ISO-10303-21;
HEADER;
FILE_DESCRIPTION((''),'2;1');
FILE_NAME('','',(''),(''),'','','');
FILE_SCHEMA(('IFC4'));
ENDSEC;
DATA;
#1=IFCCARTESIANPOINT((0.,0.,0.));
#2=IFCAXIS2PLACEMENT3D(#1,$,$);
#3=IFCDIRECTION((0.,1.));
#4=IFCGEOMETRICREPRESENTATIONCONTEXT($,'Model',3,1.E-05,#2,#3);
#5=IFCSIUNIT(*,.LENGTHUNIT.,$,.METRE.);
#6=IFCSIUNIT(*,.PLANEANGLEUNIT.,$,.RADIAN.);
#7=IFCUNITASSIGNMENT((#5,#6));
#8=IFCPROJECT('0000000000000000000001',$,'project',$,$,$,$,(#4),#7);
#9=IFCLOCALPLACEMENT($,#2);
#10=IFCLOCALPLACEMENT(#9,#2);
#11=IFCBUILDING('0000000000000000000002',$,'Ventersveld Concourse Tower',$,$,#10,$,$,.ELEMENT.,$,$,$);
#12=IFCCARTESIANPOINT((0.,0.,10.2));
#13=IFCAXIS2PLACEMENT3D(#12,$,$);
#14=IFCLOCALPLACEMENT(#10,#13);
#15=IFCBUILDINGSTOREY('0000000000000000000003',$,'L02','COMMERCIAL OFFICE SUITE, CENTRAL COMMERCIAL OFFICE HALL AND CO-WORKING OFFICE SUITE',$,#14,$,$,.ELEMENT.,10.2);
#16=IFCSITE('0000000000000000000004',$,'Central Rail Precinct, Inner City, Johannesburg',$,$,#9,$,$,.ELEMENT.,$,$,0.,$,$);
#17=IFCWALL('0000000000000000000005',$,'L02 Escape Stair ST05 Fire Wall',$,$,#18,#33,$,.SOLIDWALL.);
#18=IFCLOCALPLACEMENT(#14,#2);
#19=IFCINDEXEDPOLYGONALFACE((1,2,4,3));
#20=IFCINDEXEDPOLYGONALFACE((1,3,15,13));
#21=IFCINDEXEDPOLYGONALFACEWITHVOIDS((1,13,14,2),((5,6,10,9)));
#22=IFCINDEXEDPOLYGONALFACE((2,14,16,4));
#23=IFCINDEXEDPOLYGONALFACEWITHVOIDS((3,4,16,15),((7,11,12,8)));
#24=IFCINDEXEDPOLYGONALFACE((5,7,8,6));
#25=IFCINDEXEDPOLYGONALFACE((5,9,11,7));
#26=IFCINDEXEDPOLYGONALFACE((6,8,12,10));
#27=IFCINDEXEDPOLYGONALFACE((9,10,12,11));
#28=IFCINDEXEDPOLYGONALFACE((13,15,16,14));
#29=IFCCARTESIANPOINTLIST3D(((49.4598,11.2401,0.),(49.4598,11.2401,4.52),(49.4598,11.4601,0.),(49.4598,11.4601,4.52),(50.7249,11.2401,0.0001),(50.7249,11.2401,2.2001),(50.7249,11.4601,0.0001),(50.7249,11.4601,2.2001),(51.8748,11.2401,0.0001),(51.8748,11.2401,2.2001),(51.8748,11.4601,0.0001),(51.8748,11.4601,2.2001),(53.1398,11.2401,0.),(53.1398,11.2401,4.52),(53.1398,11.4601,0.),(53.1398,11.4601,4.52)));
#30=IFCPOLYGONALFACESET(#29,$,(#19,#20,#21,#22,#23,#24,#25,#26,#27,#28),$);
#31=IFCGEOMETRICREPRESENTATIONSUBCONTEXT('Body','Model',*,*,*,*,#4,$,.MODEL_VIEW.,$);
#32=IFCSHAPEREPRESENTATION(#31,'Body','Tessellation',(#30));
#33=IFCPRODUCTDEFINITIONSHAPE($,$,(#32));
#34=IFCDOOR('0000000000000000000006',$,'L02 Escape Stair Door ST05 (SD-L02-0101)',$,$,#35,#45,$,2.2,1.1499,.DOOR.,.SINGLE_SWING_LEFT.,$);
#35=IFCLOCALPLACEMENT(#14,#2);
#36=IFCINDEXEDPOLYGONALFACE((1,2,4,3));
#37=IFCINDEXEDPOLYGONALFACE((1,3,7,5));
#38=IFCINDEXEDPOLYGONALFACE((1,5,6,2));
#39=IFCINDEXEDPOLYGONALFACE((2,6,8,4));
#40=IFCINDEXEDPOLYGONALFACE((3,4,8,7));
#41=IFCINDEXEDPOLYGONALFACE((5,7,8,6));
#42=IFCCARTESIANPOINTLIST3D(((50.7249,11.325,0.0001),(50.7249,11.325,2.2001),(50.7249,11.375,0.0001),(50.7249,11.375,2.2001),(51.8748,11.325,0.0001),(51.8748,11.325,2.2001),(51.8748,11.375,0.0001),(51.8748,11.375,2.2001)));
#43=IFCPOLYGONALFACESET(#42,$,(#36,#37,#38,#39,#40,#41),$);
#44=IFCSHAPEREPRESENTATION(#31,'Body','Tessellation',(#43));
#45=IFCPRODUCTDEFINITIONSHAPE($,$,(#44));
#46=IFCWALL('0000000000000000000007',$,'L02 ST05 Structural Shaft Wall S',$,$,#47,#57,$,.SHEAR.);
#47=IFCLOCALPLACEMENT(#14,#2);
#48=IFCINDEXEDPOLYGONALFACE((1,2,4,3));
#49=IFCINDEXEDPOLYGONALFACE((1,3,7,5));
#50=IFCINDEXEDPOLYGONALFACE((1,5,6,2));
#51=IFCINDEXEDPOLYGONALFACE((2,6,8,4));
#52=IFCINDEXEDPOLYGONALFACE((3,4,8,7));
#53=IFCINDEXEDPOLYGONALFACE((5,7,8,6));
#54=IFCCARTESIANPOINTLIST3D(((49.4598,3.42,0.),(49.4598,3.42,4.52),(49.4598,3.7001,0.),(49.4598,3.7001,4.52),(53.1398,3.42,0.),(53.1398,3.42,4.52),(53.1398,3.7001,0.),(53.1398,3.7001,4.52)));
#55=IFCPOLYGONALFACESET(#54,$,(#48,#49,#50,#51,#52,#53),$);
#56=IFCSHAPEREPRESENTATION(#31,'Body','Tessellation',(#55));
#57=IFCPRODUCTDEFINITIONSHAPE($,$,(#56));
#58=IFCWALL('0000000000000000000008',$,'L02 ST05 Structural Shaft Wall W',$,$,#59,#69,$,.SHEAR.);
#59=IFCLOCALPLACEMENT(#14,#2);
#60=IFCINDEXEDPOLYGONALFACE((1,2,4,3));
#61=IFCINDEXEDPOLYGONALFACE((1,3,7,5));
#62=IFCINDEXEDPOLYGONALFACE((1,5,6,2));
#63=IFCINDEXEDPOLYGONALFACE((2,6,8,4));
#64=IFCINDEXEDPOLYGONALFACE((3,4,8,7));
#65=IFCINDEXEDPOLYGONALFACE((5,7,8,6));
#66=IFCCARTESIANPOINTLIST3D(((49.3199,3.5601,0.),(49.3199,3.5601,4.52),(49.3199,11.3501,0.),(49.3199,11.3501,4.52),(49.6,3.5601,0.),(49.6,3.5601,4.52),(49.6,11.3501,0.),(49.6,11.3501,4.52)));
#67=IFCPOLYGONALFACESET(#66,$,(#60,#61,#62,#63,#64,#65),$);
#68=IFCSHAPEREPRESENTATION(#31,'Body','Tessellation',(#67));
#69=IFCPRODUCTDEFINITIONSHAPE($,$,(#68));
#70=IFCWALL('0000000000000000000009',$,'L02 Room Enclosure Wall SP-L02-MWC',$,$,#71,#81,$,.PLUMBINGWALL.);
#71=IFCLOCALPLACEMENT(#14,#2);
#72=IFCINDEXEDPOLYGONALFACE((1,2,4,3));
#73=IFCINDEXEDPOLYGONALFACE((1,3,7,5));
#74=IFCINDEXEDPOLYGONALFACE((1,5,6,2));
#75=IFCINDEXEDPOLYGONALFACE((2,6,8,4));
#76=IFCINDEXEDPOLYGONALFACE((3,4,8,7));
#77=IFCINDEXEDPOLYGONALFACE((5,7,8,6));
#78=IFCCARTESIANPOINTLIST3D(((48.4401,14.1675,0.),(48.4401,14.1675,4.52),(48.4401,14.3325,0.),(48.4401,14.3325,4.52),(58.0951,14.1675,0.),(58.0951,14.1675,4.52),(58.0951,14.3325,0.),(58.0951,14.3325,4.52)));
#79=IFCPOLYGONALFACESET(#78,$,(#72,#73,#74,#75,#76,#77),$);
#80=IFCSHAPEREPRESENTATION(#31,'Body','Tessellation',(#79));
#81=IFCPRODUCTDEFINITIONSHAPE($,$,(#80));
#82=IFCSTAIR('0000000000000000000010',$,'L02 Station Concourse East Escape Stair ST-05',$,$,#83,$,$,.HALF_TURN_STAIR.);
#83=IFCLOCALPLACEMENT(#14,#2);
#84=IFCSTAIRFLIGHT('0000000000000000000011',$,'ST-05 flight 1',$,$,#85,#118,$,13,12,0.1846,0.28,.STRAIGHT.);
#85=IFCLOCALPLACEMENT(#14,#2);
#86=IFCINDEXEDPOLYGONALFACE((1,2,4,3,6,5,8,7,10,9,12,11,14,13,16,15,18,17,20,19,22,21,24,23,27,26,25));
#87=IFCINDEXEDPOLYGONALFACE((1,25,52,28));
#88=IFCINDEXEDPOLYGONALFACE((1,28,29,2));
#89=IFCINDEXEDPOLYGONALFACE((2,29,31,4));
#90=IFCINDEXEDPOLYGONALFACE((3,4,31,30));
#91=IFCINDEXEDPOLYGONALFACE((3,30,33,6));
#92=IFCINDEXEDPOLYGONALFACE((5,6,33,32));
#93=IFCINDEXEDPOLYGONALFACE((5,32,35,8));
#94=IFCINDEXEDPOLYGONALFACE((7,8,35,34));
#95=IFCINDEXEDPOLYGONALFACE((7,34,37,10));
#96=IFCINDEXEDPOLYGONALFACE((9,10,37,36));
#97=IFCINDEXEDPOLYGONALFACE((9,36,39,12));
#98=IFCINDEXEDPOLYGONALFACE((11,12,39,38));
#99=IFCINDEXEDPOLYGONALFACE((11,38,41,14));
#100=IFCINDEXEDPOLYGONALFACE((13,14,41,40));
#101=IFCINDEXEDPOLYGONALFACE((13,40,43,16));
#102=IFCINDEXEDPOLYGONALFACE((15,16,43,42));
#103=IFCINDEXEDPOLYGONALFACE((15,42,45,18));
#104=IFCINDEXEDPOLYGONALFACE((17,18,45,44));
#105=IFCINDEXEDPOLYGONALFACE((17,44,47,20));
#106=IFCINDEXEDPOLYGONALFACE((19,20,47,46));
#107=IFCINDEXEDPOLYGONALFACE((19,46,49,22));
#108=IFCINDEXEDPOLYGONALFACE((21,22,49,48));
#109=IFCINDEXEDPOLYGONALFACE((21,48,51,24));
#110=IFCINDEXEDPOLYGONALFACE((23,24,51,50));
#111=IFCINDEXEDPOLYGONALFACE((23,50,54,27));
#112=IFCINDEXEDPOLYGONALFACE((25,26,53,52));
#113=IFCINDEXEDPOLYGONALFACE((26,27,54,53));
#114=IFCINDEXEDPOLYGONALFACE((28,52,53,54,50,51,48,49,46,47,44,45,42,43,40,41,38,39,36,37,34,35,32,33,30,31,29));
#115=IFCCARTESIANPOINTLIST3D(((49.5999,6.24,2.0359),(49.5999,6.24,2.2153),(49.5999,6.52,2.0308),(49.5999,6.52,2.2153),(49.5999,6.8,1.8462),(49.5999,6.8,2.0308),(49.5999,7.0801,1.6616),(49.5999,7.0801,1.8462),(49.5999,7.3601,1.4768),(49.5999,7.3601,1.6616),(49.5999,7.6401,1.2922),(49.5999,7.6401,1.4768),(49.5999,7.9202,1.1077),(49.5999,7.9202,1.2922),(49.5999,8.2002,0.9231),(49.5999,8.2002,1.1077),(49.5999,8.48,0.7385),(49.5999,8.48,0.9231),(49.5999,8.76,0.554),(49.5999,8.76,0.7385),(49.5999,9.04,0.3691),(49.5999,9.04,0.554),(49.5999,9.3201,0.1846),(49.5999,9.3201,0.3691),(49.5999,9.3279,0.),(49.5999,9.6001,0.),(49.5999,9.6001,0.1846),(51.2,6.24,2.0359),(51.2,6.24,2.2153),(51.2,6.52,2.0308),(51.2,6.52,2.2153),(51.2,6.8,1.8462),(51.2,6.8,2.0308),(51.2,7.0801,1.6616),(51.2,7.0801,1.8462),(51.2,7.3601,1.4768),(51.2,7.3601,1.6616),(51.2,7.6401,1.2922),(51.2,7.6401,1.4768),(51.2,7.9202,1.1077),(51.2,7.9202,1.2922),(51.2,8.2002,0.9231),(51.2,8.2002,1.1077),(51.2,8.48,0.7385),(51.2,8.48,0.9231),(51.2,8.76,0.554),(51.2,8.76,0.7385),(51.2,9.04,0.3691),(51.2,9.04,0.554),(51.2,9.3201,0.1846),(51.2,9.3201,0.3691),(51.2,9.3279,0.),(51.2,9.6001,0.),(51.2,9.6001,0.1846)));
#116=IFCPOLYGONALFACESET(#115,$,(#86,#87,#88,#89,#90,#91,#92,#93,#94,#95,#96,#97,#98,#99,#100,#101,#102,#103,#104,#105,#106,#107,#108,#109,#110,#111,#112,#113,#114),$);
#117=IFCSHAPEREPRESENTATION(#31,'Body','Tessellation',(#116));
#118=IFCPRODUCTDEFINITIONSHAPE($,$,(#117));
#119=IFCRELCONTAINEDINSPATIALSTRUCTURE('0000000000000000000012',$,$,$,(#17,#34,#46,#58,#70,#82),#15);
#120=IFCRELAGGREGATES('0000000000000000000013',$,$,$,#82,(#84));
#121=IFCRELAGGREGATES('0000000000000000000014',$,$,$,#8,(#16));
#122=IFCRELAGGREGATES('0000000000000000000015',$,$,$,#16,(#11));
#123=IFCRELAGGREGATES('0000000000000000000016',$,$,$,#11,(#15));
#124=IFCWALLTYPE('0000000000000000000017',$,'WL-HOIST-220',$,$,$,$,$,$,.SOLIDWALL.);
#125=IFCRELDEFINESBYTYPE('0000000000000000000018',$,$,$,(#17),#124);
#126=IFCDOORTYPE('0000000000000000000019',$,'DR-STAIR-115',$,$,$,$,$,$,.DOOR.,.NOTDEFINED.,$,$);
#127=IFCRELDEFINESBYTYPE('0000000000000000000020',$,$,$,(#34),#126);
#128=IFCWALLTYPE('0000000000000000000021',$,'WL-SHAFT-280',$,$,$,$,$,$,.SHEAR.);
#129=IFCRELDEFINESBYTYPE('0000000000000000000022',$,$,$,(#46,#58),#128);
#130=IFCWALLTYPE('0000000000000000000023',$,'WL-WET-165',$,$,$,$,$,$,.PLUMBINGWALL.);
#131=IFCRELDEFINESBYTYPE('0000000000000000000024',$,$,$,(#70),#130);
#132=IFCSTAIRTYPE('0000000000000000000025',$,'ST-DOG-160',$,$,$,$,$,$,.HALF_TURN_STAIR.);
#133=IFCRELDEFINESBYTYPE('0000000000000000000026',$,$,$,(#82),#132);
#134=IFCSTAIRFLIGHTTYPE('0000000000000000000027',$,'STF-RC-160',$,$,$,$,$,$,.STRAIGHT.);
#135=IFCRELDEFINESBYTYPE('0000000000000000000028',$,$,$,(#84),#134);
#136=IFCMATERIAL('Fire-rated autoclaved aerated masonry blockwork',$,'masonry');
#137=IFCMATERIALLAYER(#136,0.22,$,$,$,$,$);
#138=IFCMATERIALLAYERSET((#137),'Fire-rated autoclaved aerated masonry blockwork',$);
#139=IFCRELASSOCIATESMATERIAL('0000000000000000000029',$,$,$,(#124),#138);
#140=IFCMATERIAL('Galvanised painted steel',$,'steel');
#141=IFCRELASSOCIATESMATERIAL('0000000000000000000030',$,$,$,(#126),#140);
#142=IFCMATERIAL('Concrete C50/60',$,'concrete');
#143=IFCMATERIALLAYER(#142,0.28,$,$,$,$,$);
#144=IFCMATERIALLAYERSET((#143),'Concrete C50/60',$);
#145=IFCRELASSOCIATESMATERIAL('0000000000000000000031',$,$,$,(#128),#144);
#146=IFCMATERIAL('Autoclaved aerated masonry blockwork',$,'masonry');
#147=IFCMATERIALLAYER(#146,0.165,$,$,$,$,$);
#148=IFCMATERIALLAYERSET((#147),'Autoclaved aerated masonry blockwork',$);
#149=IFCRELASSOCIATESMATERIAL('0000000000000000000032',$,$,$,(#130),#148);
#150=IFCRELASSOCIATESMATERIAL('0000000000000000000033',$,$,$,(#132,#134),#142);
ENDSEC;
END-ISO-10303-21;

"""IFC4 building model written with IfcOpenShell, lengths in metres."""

from ifc_helpers import new_model, si_unit, direction, frame, frame_2d, origin, place, context, subcontext, project, spatial, polyline, rectangle, outline, extrude, material, layer, layer_set, type_object, element, fill, aggregate, save


model = new_model("IFC4")

# Units and contexts
model_context = context("Model", 3, precision=1e-05, world=origin(), true_north=direction((0.0, 1.0)))
body_context = subcontext(model_context, "Body", "Model", "MODEL_VIEW")
ifc_project = project(units=[si_unit("LENGTHUNIT", "METRE"), si_unit("PLANEANGLEUNIT", "RADIAN")], contexts=[model_context])

# Site, building, storey
site_placement = place(None, origin())
site = spatial("IfcSite", under=ifc_project, at=site_placement, Name="Central Rail Precinct, Inner City, Johannesburg", CompositionType="ELEMENT", RefElevation=0.0)
building_placement = place(site_placement, origin())
building = spatial("IfcBuilding", under=site, at=building_placement, Name="Ventersveld Concourse Tower", CompositionType="ELEMENT")
storey_placement = place(building_placement, frame((0.0, 0.0, 10.2)))
storey = spatial("IfcBuildingStorey", under=building, at=storey_placement, Name="L02", Description="COMMERCIAL OFFICE SUITE, CENTRAL COMMERCIAL OFFICE HALL AND CO-WORKING OFFICE SUITE", CompositionType="ELEMENT", Elevation=10.2)

# Shared definitions
ifc_material_1 = material(Name="Concrete C50/60", Category="concrete")

# Shared definitions
ifc_material_2 = material(Name="Fire-rated autoclaved aerated masonry blockwork", Category="masonry")

# Wall, opening, door
ifc_layer_1 = layer(ifc_material_2, 0.22)
ifc_layer_set_1 = layer_set([ifc_layer_1], Name="Fire-rated autoclaved aerated masonry blockwork")
wall_type_1 = type_object("IfcWallType", Name="WL-HOIST-220", PredefinedType="SOLIDWALL", material=ifc_layer_set_1)
wall_1_placement = place(storey_placement, frame((49.46, 11.3501, 0.0), z_axis=(0.0, 0.0, 1.0), x_axis=(1.0, 0.0, 0.0)))
wall_1 = element("IfcWall", 1, at=wall_1_placement, inside=storey, type_object=wall_type_1, Name="L02 Escape Stair ST05 Fire Wall", PredefinedType="SOLIDWALL", context=body_context, shape_type="SweptSolid", body=[
    extrude(rectangle(XDim=3.6799, YDim=0.22, at=frame_2d((1.8398, 0.0))), origin(), (0.0, 0.0, 1.0), 4.52),
])
opening_1_placement = place(wall_1_placement, frame((1.2649, 0.0, 0.0)))
opening_1 = element("IfcOpeningElement", 2, at=opening_1_placement, cuts=wall_1, PredefinedType="OPENING", context=body_context, shape_type="SweptSolid", body=[
    extrude(rectangle(XDim=1.1499, YDim=2.2, at=frame_2d((0.575, 1.1001))), frame((0.0, 0.1201, 0.0), z_axis=(0.0, -1.0, 0.0), x_axis=(1.0, 0.0, 0.0)), (0.0, 0.0, 1.0), 0.24),
])
ifc_material_3 = material(Name="Galvanised painted steel", Category="steel")
door_type_1 = type_object("IfcDoorType", Name="DR-STAIR-115", OperationType="NOTDEFINED", PredefinedType="DOOR", material=ifc_material_3)
door_1_placement = place(opening_1_placement, origin())
door_1 = element("IfcDoor", 3, at=door_1_placement, inside=storey, type_object=door_type_1, Name="L02 Escape Stair Door ST05 (SD-L02-0101)", OperationType="SINGLE_SWING_LEFT", OverallHeight=2.2, OverallWidth=1.1499, PredefinedType="DOOR", context=body_context, shape_type="SweptSolid", body=[
    extrude(rectangle(XDim=1.1499, YDim=2.2, at=frame_2d((0.575, 1.1001))), frame((0.0, 0.0249, 0.0), z_axis=(0.0, -1.0, 0.0), x_axis=(1.0, 0.0, 0.0)), (0.0, 0.0, 1.0), 0.05),
])
fill(opening_1, door_1)

# Walls
ifc_layer_2 = layer(ifc_material_1, 0.28)
ifc_layer_set_2 = layer_set([ifc_layer_2], Name="Concrete C50/60")
wall_type_2 = type_object("IfcWallType", Name="WL-SHAFT-280", PredefinedType="SHEAR", material=ifc_layer_set_2)
wall_2_placement = place(storey_placement, frame((49.46, 3.5601, 0.0), z_axis=(0.0, 0.0, 1.0), x_axis=(1.0, 0.0, 0.0)))
element("IfcWall", 4, at=wall_2_placement, inside=storey, type_object=wall_type_2, Name="L02 ST05 Structural Shaft Wall S", PredefinedType="SHEAR", context=body_context, shape_type="SweptSolid", body=[
    extrude(rectangle(XDim=3.6799, YDim=0.28, at=frame_2d((1.8398, 0.0))), origin(), (0.0, 0.0, 1.0), 4.52),
])
wall_3_placement = place(storey_placement, frame((49.46, 3.5601, 0.0), z_axis=(0.0, 0.0, 1.0), x_axis=(0.0, 1.0, 0.0)))
element("IfcWall", 5, at=wall_3_placement, inside=storey, type_object=wall_type_2, Name="L02 ST05 Structural Shaft Wall W", PredefinedType="SHEAR", context=body_context, shape_type="SweptSolid", body=[
    extrude(rectangle(XDim=7.79, YDim=0.28, at=frame_2d((3.895, 0.0))), origin(), (0.0, 0.0, 1.0), 4.52),
])
ifc_material_4 = material(Name="Autoclaved aerated masonry blockwork", Category="masonry")
ifc_layer_3 = layer(ifc_material_4, 0.165)
ifc_layer_set_3 = layer_set([ifc_layer_3], Name="Autoclaved aerated masonry blockwork")
wall_type_3 = type_object("IfcWallType", Name="WL-WET-165", PredefinedType="PLUMBINGWALL", material=ifc_layer_set_3)
wall_4_placement = place(storey_placement, frame((48.4399, 14.25, 0.0), z_axis=(0.0, 0.0, 1.0), x_axis=(1.0, 0.0, 0.0)))
element("IfcWall", 6, at=wall_4_placement, inside=storey, type_object=wall_type_3, Name="L02 Room Enclosure Wall SP-L02-MWC", PredefinedType="PLUMBINGWALL", context=body_context, shape_type="SweptSolid", body=[
    extrude(rectangle(XDim=9.655, YDim=0.165, at=frame_2d((4.8276, 0.0))), origin(), (0.0, 0.0, 1.0), 4.52),
])

# Stair, stair flight
stair_type = type_object("IfcStairType", Name="ST-DOG-160", PredefinedType="HALF_TURN_STAIR", material=ifc_material_1)
stair_placement = place(storey_placement, origin())
stair = element("IfcStair", 7, at=stair_placement, inside=storey, type_object=stair_type, Name="L02 Station Concourse East Escape Stair ST-05", PredefinedType="HALF_TURN_STAIR")
stair_flight_type = type_object("IfcStairFlightType", Name="STF-RC-160", PredefinedType="STRAIGHT", material=ifc_material_1)
stair_flight_placement = place(storey_placement, frame((50.3999, 9.6001, 0.0), z_axis=(0.0, 0.0, 1.0), x_axis=(0.0, -1.0, 0.0)))
stair_flight = element("IfcStairFlight", 8, at=stair_flight_placement, type_object=stair_flight_type, Name="ST-05 flight 1", NumberOfRisers=13, NumberOfTreads=12, PredefinedType="STRAIGHT", RiserHeight=0.1846, TreadLength=0.28, context=body_context, shape_type="SweptSolid", body=[
    extrude(outline(polyline([(0.0, 0.0), (0.0, 0.1846), (0.28, 0.1846), (0.28, 0.3691), (0.5601, 0.3691), (0.5601, 0.554), (0.8401, 0.554), (0.8401, 0.7385), (1.1201, 0.7385), (1.1201, 0.9231), (1.3999, 0.9231), (1.3999, 1.1077), (1.6799, 1.1077), (1.6799, 1.2922), (1.96, 1.2922), (1.96, 1.4768), (2.24, 1.4768), (2.24, 1.6616), (2.52, 1.6616), (2.52, 1.8462), (2.8, 1.8462), (2.8, 2.0308), (3.0801, 2.0308), (3.0801, 2.2153), (3.3601, 2.2153), (3.3601, 2.3999), (3.3601, 2.0359), (0.2722, 0.0), (0.0, 0.0)])), frame((0.0, 0.8, 0.0), z_axis=(0.0, -1.0, 0.0), x_axis=(1.0, 0.0, 0.0)), (0.0, 0.0, 1.0), 1.6001),
])
aggregate(stair, [stair_flight])

save(model, "model.ifc")
